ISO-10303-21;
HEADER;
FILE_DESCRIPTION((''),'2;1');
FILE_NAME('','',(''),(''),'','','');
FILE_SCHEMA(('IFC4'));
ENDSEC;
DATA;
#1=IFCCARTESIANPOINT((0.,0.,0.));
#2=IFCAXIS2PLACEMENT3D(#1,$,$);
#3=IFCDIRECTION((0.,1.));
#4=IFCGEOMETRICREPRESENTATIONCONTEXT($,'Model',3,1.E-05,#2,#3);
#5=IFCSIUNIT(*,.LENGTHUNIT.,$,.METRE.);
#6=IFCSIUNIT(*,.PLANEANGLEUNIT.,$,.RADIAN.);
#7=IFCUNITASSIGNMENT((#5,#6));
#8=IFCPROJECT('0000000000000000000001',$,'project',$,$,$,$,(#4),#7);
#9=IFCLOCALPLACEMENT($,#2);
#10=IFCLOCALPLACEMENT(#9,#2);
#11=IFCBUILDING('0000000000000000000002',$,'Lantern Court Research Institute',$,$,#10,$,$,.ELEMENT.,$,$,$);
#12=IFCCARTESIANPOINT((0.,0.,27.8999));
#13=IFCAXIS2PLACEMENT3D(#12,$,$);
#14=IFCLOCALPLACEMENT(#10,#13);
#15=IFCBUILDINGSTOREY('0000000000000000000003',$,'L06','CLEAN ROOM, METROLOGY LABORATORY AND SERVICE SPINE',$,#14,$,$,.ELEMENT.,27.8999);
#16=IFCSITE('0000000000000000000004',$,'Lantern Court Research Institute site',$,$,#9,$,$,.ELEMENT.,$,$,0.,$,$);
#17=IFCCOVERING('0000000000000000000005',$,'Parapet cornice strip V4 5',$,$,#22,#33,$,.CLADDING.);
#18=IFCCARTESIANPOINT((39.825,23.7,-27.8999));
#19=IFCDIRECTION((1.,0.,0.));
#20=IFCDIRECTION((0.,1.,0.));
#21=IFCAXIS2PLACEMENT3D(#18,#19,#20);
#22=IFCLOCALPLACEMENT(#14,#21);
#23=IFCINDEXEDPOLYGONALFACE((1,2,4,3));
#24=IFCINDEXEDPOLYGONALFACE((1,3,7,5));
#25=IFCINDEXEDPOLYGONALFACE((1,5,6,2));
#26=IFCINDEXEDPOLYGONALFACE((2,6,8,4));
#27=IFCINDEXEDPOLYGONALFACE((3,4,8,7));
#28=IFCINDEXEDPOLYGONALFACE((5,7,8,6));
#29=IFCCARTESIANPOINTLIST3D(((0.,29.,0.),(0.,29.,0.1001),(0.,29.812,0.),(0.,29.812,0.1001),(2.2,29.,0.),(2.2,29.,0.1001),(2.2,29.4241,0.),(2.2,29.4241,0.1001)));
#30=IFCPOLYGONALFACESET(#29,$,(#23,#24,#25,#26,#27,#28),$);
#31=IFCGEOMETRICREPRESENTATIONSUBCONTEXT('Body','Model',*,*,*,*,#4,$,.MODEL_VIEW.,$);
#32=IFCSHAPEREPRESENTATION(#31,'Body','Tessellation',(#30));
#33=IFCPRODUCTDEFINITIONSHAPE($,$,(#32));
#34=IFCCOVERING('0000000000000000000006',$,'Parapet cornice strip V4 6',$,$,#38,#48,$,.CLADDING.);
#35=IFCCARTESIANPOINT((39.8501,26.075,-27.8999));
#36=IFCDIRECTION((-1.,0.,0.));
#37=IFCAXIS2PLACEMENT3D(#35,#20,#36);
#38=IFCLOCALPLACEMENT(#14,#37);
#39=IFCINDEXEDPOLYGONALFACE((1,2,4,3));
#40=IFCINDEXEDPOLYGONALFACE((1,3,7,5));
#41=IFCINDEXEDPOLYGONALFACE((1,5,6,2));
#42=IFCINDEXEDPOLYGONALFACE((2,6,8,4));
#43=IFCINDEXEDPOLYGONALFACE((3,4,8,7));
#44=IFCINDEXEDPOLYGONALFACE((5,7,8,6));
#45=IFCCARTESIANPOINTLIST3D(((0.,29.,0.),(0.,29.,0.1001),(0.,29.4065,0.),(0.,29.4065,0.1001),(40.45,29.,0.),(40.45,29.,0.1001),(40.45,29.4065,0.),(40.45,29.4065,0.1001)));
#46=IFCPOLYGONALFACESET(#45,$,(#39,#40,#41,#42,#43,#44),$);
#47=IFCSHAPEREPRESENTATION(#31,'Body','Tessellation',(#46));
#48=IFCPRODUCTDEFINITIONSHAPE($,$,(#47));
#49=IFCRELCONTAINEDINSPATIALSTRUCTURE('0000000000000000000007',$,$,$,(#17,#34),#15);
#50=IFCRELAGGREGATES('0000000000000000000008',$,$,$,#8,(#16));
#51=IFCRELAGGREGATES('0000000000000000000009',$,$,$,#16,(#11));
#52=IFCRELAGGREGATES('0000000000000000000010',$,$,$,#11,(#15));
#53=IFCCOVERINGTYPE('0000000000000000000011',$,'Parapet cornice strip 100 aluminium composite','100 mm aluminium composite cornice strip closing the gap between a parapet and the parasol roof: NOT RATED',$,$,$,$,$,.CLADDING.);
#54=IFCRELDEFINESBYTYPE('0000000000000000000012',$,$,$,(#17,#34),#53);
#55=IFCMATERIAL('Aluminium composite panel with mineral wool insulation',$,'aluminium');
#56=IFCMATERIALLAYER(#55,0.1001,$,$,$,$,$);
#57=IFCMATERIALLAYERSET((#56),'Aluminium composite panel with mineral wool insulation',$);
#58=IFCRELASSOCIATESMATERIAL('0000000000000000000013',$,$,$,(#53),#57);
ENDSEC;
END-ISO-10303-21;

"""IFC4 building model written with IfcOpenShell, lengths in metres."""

from ifc_helpers import new_model, si_unit, direction, frame, origin, place, context, subcontext, project, spatial, polyline, outline, extrude, material, layer, layer_set, type_object, element, save


model = new_model("IFC4")

# Units and contexts
model_context = context("Model", 3, precision=1e-05, world=origin(), true_north=direction((0.0, 1.0)))
body_context = subcontext(model_context, "Body", "Model", "MODEL_VIEW")
ifc_project = project(units=[si_unit("LENGTHUNIT", "METRE"), si_unit("PLANEANGLEUNIT", "RADIAN")], contexts=[model_context])

# Site, building, storey
site_placement = place(None, origin())
site = spatial("IfcSite", under=ifc_project, at=site_placement, Name="Lantern Court Research Institute site", CompositionType="ELEMENT", RefElevation=0.0)
building_placement = place(site_placement, origin())
building = spatial("IfcBuilding", under=site, at=building_placement, Name="Lantern Court Research Institute", CompositionType="ELEMENT")
storey_placement = place(building_placement, frame((0.0, 0.0, 27.8999)))
storey = spatial("IfcBuildingStorey", under=building, at=storey_placement, Name="L06", Description="CLEAN ROOM, METROLOGY LABORATORY AND SERVICE SPINE", CompositionType="ELEMENT", Elevation=27.8999)

# Coverings
ifc_material_1 = material(Name="Aluminium composite panel with mineral wool insulation", Category="aluminium")
ifc_layer_1 = layer(ifc_material_1, 0.1001)
ifc_layer_set_1 = layer_set([ifc_layer_1], Name="Aluminium composite panel with mineral wool insulation")
covering_type = type_object("IfcCoveringType", Name="Parapet cornice strip 100 aluminium composite", Description="100 mm aluminium composite cornice strip closing the gap between a parapet and the parasol roof: NOT RATED", PredefinedType="CLADDING", material=ifc_layer_set_1)
covering_1_placement = place(storey_placement, frame((39.825, 23.7, -27.8999), z_axis=(1.0, 0.0, 0.0), x_axis=(0.0, 1.0, 0.0)))
element("IfcCovering", 1, at=covering_1_placement, inside=storey, type_object=covering_type, Name="Parapet cornice strip V4 5", PredefinedType="CLADDING", context=body_context, shape_type="SweptSolid", body=[
    extrude(outline(polyline([(0.0, 29.0), (2.2, 29.0), (2.2, 29.4241), (0.0, 29.812), (0.0, 29.0)])), origin(), (0.0, 0.0, 1.0), 0.1001),
])
covering_2_placement = place(storey_placement, frame((39.8501, 26.075, -27.8999), z_axis=(0.0, 1.0, 0.0), x_axis=(-1.0, 0.0, 0.0)))
element("IfcCovering", 2, at=covering_2_placement, inside=storey, type_object=covering_type, Name="Parapet cornice strip V4 6", PredefinedType="CLADDING", context=body_context, shape_type="SweptSolid", body=[
    extrude(outline(polyline([(0.0, 29.0), (40.45, 29.0), (40.45, 29.4065), (0.0, 29.4065), (0.0, 29.0)])), origin(), (0.0, 0.0, 1.0), 0.1001),
])

save(model, "model.ifc")
